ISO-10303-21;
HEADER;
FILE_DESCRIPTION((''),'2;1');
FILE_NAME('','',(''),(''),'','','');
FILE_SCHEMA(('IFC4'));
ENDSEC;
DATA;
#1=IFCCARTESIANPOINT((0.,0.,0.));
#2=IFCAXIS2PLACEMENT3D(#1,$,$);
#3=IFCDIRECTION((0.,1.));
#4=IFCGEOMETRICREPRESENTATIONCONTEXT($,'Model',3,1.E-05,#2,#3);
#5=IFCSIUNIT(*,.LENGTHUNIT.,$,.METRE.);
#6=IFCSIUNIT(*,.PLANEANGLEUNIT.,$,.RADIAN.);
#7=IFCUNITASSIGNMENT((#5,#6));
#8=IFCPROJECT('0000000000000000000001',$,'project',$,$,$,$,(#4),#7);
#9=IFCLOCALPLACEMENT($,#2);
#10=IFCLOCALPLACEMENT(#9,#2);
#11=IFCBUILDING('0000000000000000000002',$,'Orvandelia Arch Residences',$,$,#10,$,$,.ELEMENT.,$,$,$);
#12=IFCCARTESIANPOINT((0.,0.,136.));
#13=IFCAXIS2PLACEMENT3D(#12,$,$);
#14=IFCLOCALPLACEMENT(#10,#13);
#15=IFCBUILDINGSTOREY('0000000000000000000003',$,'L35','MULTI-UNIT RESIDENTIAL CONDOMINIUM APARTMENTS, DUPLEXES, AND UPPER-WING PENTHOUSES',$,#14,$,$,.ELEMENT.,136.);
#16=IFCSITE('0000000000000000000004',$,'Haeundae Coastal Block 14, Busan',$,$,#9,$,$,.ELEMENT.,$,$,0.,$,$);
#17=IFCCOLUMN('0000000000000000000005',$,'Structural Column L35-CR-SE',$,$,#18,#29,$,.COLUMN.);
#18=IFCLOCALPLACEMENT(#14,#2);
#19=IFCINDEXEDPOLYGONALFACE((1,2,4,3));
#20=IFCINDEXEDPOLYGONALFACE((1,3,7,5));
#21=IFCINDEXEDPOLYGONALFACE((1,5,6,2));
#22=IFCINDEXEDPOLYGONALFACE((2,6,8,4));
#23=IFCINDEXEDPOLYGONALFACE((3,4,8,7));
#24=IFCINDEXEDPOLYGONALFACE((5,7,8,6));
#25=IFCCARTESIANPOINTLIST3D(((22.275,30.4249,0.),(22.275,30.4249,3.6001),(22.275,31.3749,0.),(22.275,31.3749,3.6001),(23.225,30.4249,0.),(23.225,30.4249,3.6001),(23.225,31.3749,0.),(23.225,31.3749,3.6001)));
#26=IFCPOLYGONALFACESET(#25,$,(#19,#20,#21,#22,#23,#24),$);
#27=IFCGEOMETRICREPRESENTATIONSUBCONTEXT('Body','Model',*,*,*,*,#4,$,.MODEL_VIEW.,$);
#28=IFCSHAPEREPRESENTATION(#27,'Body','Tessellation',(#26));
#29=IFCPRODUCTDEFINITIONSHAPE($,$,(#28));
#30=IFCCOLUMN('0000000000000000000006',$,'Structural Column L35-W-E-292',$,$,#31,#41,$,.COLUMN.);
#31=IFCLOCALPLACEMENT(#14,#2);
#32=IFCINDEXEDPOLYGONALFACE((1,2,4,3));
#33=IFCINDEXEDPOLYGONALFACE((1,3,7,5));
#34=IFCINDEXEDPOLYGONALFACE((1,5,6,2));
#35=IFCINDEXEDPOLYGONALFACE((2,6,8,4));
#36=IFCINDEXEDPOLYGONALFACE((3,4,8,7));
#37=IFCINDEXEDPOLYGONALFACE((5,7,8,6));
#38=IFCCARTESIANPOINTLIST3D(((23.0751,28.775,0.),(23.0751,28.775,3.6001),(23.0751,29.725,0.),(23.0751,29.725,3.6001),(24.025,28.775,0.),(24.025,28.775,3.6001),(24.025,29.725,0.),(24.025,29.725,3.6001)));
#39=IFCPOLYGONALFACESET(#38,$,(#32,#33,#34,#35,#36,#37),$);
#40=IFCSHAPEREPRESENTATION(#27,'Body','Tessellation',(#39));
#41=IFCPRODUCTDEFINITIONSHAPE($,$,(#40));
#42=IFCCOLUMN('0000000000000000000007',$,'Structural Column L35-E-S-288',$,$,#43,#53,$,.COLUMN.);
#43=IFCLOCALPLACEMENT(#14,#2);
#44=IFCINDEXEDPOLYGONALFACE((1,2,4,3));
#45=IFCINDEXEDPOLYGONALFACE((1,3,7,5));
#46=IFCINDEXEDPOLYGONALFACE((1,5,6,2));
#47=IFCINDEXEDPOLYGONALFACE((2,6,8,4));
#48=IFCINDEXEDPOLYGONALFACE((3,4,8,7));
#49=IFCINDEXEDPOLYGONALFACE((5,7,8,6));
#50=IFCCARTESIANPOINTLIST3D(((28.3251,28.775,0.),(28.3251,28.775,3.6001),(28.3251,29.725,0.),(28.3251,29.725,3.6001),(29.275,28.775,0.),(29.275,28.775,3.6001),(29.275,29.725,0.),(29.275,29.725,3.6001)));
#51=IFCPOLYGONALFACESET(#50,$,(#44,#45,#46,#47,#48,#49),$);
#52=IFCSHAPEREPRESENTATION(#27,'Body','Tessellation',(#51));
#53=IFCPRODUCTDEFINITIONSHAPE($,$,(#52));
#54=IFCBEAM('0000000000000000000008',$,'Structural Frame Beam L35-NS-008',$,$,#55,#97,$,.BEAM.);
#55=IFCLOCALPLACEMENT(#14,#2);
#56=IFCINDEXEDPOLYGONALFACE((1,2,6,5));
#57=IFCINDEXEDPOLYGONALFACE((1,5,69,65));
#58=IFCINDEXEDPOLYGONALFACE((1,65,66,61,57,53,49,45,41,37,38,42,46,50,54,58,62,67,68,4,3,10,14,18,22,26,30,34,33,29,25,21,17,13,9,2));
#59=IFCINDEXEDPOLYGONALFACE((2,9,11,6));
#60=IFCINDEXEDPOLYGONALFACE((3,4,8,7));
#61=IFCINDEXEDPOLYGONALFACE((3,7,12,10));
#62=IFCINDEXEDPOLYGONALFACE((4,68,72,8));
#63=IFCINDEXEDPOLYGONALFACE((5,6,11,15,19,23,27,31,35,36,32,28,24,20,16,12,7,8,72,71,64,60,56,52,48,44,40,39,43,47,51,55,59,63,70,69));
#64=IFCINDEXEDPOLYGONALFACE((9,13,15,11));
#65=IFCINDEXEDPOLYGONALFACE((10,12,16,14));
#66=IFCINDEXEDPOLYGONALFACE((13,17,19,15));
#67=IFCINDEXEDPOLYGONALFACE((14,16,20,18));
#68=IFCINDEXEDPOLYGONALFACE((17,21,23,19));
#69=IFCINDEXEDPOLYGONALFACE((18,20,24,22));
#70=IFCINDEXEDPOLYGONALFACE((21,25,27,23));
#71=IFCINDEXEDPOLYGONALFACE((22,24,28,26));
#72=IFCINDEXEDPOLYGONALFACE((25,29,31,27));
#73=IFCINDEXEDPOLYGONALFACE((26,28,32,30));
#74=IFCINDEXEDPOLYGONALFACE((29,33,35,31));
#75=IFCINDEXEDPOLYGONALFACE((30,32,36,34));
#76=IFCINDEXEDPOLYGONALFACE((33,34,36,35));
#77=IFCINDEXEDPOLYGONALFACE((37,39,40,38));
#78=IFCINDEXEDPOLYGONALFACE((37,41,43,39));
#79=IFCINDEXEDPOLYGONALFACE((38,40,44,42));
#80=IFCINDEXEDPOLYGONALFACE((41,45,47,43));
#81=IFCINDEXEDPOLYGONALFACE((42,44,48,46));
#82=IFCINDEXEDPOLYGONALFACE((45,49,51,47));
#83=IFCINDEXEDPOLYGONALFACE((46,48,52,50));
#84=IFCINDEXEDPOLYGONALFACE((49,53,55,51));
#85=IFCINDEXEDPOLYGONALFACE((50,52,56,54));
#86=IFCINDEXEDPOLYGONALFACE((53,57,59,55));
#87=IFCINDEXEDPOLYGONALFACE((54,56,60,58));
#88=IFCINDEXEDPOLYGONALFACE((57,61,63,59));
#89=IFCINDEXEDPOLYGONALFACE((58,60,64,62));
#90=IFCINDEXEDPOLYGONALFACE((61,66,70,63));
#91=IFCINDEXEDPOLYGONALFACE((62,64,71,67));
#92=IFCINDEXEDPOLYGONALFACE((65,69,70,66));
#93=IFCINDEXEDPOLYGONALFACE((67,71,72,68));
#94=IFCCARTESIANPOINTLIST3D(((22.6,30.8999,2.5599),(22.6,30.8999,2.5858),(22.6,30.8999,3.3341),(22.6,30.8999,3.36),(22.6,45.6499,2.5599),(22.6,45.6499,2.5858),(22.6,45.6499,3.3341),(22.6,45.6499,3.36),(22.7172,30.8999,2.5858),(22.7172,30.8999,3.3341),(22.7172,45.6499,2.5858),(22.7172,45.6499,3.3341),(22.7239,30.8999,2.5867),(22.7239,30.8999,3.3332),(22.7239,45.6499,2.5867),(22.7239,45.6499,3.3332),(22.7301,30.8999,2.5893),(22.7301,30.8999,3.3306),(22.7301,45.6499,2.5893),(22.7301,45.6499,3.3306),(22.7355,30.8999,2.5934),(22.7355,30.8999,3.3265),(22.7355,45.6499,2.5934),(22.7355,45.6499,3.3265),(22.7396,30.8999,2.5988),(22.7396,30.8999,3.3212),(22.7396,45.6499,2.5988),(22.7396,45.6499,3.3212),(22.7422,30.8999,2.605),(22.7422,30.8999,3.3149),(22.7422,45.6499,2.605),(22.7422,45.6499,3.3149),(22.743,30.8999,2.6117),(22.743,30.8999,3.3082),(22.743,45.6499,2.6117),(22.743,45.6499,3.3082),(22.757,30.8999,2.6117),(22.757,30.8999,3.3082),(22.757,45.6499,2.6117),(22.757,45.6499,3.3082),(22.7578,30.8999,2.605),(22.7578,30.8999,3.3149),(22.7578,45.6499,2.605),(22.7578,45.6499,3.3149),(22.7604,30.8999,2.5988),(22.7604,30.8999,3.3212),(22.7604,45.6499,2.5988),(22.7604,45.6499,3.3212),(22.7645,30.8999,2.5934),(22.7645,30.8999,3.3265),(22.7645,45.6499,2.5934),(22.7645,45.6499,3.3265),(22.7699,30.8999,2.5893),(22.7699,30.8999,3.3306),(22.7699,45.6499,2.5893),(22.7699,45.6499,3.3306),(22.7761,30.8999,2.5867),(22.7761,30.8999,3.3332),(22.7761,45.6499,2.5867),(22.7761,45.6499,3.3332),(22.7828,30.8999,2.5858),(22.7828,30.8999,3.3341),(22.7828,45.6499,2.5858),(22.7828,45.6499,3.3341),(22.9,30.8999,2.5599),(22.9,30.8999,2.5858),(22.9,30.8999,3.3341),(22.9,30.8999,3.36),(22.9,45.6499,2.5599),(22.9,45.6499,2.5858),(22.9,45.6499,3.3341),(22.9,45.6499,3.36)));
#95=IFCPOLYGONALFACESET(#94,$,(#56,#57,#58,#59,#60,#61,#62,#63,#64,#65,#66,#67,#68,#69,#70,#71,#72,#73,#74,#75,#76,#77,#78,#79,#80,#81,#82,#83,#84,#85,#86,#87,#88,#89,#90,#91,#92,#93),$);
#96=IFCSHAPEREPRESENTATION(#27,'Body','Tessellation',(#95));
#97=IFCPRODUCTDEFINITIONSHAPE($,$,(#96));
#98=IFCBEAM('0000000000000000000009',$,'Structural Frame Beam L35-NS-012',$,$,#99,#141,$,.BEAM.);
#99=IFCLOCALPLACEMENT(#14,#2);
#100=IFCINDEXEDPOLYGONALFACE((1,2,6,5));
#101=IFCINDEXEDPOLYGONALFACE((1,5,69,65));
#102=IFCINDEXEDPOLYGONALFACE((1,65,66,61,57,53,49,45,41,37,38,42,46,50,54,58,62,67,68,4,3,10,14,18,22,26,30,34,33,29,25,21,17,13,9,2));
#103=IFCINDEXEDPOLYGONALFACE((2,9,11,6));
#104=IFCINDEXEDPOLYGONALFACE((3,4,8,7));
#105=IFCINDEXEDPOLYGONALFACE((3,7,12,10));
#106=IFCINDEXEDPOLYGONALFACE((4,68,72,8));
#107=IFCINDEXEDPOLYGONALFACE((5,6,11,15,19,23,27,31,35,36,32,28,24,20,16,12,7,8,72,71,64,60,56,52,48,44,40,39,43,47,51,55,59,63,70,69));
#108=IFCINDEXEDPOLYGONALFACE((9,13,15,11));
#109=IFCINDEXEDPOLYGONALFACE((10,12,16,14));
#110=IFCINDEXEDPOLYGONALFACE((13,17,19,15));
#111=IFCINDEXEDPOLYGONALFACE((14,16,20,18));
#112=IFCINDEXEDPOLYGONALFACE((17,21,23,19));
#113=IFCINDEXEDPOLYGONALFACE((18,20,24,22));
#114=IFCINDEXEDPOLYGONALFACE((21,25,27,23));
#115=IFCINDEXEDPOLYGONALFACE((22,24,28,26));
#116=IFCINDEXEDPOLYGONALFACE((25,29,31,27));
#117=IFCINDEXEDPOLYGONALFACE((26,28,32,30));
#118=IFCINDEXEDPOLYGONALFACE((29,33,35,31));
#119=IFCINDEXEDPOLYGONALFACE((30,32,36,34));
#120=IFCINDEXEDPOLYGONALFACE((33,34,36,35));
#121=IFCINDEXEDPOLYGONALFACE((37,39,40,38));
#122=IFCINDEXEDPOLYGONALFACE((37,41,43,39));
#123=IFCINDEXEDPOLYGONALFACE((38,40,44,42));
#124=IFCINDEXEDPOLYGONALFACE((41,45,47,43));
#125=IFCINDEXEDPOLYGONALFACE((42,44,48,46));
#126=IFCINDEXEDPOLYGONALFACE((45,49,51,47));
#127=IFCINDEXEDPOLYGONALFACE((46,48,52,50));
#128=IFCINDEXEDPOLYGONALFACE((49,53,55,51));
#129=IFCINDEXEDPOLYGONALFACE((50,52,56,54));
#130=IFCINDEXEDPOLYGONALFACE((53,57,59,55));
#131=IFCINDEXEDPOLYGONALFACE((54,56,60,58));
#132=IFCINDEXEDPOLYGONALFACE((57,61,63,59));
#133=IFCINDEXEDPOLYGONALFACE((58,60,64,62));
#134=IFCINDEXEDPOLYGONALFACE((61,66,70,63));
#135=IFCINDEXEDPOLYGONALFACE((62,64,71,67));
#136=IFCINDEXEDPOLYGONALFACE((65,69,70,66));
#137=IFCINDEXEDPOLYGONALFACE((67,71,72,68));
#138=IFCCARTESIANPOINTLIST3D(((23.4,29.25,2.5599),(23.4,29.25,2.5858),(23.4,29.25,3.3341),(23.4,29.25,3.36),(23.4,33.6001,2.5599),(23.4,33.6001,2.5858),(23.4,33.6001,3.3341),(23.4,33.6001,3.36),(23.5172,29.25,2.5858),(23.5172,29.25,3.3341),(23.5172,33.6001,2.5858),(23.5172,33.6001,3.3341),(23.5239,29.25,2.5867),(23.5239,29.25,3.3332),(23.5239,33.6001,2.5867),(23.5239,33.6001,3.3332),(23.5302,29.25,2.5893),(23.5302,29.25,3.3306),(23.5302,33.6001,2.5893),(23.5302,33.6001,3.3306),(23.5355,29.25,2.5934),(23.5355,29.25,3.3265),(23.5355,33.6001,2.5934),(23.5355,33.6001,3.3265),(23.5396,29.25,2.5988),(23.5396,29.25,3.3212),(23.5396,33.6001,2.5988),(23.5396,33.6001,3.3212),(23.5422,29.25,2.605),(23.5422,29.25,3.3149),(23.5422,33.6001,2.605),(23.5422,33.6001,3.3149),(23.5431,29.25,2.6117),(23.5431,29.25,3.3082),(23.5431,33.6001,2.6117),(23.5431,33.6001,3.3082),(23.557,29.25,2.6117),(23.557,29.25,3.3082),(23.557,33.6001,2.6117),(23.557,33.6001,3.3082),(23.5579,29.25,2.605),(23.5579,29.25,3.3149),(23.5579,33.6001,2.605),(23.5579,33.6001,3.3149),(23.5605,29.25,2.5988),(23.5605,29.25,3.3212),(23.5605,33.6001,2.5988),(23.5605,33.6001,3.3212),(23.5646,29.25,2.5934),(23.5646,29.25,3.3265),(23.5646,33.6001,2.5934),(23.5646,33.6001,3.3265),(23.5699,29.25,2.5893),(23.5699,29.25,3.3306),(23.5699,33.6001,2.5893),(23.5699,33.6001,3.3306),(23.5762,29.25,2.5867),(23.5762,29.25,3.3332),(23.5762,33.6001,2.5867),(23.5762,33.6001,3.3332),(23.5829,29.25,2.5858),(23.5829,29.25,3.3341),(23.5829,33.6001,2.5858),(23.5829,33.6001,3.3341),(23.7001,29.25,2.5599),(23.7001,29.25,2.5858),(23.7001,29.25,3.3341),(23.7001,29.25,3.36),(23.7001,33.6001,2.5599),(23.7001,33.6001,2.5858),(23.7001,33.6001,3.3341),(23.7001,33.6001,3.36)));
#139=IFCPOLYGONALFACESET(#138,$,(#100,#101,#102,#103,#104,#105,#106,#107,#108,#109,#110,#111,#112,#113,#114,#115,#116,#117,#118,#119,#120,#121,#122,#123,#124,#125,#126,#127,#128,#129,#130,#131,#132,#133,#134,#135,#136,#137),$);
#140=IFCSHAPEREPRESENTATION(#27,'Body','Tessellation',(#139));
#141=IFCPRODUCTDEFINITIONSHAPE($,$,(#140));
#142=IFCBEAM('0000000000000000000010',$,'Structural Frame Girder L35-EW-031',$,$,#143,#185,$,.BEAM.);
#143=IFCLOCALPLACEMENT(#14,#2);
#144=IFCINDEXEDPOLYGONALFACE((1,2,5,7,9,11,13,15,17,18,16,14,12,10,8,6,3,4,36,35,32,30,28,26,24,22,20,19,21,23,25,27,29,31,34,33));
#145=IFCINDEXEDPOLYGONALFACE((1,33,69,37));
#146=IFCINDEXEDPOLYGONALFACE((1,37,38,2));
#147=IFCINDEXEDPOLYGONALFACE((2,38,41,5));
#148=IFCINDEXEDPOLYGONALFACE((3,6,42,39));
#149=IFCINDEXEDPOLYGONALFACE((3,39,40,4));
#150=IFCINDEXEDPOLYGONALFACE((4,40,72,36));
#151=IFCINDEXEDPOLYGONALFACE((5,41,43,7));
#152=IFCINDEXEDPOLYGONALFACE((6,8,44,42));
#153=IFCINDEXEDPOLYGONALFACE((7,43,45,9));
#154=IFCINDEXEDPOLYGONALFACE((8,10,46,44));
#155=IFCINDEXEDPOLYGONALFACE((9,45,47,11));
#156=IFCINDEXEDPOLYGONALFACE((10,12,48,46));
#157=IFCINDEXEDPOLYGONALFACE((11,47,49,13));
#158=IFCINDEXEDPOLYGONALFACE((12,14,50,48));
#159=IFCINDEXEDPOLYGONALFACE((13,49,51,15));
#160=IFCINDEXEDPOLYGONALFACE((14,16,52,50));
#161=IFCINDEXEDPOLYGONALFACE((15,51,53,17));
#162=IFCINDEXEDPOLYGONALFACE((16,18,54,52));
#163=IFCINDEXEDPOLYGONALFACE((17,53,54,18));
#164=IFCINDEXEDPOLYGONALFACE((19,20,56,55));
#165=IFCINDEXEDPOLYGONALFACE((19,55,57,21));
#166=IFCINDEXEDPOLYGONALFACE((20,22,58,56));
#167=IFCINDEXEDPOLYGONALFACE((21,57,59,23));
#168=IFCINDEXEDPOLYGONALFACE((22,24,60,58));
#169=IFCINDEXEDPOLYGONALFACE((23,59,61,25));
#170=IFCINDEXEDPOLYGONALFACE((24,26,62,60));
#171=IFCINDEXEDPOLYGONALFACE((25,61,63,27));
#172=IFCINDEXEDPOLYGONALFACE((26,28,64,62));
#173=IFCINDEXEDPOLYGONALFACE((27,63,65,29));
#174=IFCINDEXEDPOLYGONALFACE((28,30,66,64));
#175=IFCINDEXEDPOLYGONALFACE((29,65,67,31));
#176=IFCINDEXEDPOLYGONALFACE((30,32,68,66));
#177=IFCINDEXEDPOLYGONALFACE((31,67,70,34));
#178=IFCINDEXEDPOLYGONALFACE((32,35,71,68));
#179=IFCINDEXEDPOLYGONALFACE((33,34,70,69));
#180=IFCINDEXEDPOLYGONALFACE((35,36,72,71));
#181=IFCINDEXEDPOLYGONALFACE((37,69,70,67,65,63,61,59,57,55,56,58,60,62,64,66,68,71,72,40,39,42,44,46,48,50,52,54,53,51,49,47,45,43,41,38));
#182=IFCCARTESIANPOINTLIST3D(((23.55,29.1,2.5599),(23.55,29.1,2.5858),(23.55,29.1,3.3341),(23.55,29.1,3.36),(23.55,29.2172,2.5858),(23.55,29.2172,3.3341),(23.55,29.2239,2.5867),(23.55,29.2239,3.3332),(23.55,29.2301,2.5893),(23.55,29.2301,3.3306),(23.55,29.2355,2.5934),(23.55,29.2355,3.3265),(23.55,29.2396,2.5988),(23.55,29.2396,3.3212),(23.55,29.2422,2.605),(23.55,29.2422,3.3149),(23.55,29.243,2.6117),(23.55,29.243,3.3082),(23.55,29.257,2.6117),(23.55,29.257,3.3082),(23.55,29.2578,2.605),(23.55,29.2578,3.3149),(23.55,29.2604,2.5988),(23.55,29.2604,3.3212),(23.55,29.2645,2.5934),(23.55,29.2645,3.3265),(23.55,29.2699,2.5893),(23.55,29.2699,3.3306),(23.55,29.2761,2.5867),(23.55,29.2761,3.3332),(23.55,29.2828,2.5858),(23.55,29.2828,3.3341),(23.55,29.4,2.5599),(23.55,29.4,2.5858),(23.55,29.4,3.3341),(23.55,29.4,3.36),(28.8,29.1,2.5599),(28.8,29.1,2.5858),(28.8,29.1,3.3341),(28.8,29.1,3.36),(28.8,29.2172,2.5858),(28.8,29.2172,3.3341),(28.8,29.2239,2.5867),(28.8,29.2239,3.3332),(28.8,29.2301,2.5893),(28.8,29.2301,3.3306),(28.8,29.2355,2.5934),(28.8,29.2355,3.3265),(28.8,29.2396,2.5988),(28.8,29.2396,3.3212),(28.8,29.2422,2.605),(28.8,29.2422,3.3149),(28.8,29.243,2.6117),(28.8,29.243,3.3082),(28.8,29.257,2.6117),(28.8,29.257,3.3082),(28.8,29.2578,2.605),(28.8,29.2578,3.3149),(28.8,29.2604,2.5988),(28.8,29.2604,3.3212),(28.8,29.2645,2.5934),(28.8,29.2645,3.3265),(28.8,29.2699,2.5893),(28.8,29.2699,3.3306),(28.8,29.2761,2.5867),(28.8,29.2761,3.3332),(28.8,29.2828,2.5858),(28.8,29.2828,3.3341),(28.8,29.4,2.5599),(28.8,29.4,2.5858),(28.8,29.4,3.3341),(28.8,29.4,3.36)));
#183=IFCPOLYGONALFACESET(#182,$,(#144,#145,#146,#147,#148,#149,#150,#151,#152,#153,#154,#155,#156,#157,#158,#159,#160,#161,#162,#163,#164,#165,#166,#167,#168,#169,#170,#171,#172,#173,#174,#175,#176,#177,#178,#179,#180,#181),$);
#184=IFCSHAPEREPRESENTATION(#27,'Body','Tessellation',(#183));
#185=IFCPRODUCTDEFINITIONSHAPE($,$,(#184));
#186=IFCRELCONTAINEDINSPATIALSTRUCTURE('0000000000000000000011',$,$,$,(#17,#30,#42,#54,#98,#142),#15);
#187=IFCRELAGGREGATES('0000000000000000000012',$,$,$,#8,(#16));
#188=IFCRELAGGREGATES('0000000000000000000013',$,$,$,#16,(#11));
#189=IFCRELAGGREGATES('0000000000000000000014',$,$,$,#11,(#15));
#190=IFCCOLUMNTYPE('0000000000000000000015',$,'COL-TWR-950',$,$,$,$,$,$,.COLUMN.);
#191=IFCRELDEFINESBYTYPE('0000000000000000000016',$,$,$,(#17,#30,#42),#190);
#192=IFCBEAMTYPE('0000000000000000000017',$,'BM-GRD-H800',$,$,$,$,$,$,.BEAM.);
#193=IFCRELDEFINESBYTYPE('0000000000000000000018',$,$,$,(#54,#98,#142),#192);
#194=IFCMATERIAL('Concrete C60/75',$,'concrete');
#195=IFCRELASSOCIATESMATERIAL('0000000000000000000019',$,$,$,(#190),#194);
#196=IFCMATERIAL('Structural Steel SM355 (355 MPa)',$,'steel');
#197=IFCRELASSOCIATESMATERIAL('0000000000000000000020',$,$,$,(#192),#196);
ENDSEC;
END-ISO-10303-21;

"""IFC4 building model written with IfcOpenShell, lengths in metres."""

from ifc_helpers import new_model, si_unit, direction, frame, origin, origin_2d, place, context, subcontext, project, spatial, rectangle, i_section, extrude, material, material_profile, profile_set, type_object, element, save


model = new_model("IFC4")

# Units and contexts
model_context = context("Model", 3, precision=1e-05, world=origin(), true_north=direction((0.0, 1.0)))
body_context = subcontext(model_context, "Body", "Model", "MODEL_VIEW")
ifc_project = project(units=[si_unit("LENGTHUNIT", "METRE"), si_unit("PLANEANGLEUNIT", "RADIAN")], contexts=[model_context])

# Site, building, storey
site_placement = place(None, origin())
site = spatial("IfcSite", under=ifc_project, at=site_placement, Name="Haeundae Coastal Block 14, Busan", CompositionType="ELEMENT", RefElevation=0.0)
building_placement = place(site_placement, origin())
building = spatial("IfcBuilding", under=site, at=building_placement, Name="Orvandelia Arch Residences", CompositionType="ELEMENT")
storey_placement = place(building_placement, frame((0.0, 0.0, 136.0)))
storey = spatial("IfcBuildingStorey", under=building, at=storey_placement, Name="L35", Description="MULTI-UNIT RESIDENTIAL CONDOMINIUM APARTMENTS, DUPLEXES, AND UPPER-WING PENTHOUSES", CompositionType="ELEMENT", Elevation=136.0)

# Columns
ifc_material_1 = material(Name="Concrete C60/75", Category="concrete")
ifc_material_profile_1 = material_profile(ifc_material_1, rectangle(XDim=0.95, YDim=0.95, at=origin_2d()), Name="Concrete C60/75", Category="concrete")
ifc_profile_set_1 = profile_set([ifc_material_profile_1], Name="Concrete C60/75")
column_type = type_object("IfcColumnType", Name="COL-TWR-950", PredefinedType="COLUMN", material=ifc_profile_set_1)
for number, where, z_axis, x_axis, name in (
    (1, (22.75, 30.8999, 0.0), (0.0, 0.0, 1.0), (1.0, 0.0, 0.0), "Structural Column L35-CR-SE"),
    (2, (23.55, 29.25, 0.0), (0.0, 0.0, 1.0), (1.0, 0.0, 0.0), "Structural Column L35-W-E-292"),
    (3, (28.8, 29.25, 0.0), (0.0, 0.0, 1.0), (1.0, 0.0, 0.0), "Structural Column L35-E-S-288"),
):
    element("IfcColumn", number, at=place(storey_placement, frame(where, z_axis=z_axis, x_axis=x_axis)), inside=storey, type_object=column_type, Name=name, PredefinedType="COLUMN", context=body_context, shape_type="SweptSolid", body=[
        extrude(rectangle(XDim=0.95, YDim=0.95, at=origin_2d()), origin(), (0.0, 0.0, 1.0), 3.6001),
    ])

# Beams
ifc_material_2 = material(Name="Structural Steel SM355 (355 MPa)", Category="steel")
ifc_material_profile_2 = material_profile(ifc_material_2, i_section(OverallWidth=0.3, OverallDepth=0.8, WebThickness=0.0139, FlangeThickness=0.0259, FilletRadius=0.0259, at=origin_2d()), Name="Structural Steel SM355 (355 MPa)", Category="steel")
ifc_profile_set_2 = profile_set([ifc_material_profile_2], Name="Structural Steel SM355 (355 MPa)")
beam_type = type_object("IfcBeamType", Name="BM-GRD-H800", PredefinedType="BEAM", material=ifc_profile_set_2)
beam_1_placement = place(storey_placement, frame((22.75, 30.8999, 2.96), z_axis=(0.0, 1.0, 0.0), x_axis=(-1.0, 0.0, 0.0)))
element("IfcBeam", 4, at=beam_1_placement, inside=storey, type_object=beam_type, Name="Structural Frame Beam L35-NS-008", PredefinedType="BEAM", context=body_context, shape_type="SweptSolid", body=[
    extrude(i_section(OverallWidth=0.3, OverallDepth=0.8, WebThickness=0.0139, FlangeThickness=0.0259, FilletRadius=0.0259, at=origin_2d()), origin(), (0.0, 0.0, 1.0), 14.75),
])
beam_2_placement = place(storey_placement, frame((23.55, 29.25, 2.96), z_axis=(0.0, 1.0, 0.0), x_axis=(-1.0, 0.0, 0.0)))
element("IfcBeam", 5, at=beam_2_placement, inside=storey, type_object=beam_type, Name="Structural Frame Beam L35-NS-012", PredefinedType="BEAM", context=body_context, shape_type="SweptSolid", body=[
    extrude(i_section(OverallWidth=0.3, OverallDepth=0.8, WebThickness=0.0139, FlangeThickness=0.0259, FilletRadius=0.0259, at=origin_2d()), origin(), (0.0, 0.0, 1.0), 4.3501),
])
beam_3_placement = place(storey_placement, frame((23.55, 29.25, 2.96), z_axis=(1.0, 0.0, 0.0), x_axis=(0.0, 1.0, 0.0)))
element("IfcBeam", 6, at=beam_3_placement, inside=storey, type_object=beam_type, Name="Structural Frame Girder L35-EW-031", PredefinedType="BEAM", context=body_context, shape_type="SweptSolid", body=[
    extrude(i_section(OverallWidth=0.3, OverallDepth=0.8, WebThickness=0.0139, FlangeThickness=0.0259, FilletRadius=0.0259, at=origin_2d()), origin(), (0.0, 0.0, 1.0), 5.25),
])

save(model, "model.ifc")
